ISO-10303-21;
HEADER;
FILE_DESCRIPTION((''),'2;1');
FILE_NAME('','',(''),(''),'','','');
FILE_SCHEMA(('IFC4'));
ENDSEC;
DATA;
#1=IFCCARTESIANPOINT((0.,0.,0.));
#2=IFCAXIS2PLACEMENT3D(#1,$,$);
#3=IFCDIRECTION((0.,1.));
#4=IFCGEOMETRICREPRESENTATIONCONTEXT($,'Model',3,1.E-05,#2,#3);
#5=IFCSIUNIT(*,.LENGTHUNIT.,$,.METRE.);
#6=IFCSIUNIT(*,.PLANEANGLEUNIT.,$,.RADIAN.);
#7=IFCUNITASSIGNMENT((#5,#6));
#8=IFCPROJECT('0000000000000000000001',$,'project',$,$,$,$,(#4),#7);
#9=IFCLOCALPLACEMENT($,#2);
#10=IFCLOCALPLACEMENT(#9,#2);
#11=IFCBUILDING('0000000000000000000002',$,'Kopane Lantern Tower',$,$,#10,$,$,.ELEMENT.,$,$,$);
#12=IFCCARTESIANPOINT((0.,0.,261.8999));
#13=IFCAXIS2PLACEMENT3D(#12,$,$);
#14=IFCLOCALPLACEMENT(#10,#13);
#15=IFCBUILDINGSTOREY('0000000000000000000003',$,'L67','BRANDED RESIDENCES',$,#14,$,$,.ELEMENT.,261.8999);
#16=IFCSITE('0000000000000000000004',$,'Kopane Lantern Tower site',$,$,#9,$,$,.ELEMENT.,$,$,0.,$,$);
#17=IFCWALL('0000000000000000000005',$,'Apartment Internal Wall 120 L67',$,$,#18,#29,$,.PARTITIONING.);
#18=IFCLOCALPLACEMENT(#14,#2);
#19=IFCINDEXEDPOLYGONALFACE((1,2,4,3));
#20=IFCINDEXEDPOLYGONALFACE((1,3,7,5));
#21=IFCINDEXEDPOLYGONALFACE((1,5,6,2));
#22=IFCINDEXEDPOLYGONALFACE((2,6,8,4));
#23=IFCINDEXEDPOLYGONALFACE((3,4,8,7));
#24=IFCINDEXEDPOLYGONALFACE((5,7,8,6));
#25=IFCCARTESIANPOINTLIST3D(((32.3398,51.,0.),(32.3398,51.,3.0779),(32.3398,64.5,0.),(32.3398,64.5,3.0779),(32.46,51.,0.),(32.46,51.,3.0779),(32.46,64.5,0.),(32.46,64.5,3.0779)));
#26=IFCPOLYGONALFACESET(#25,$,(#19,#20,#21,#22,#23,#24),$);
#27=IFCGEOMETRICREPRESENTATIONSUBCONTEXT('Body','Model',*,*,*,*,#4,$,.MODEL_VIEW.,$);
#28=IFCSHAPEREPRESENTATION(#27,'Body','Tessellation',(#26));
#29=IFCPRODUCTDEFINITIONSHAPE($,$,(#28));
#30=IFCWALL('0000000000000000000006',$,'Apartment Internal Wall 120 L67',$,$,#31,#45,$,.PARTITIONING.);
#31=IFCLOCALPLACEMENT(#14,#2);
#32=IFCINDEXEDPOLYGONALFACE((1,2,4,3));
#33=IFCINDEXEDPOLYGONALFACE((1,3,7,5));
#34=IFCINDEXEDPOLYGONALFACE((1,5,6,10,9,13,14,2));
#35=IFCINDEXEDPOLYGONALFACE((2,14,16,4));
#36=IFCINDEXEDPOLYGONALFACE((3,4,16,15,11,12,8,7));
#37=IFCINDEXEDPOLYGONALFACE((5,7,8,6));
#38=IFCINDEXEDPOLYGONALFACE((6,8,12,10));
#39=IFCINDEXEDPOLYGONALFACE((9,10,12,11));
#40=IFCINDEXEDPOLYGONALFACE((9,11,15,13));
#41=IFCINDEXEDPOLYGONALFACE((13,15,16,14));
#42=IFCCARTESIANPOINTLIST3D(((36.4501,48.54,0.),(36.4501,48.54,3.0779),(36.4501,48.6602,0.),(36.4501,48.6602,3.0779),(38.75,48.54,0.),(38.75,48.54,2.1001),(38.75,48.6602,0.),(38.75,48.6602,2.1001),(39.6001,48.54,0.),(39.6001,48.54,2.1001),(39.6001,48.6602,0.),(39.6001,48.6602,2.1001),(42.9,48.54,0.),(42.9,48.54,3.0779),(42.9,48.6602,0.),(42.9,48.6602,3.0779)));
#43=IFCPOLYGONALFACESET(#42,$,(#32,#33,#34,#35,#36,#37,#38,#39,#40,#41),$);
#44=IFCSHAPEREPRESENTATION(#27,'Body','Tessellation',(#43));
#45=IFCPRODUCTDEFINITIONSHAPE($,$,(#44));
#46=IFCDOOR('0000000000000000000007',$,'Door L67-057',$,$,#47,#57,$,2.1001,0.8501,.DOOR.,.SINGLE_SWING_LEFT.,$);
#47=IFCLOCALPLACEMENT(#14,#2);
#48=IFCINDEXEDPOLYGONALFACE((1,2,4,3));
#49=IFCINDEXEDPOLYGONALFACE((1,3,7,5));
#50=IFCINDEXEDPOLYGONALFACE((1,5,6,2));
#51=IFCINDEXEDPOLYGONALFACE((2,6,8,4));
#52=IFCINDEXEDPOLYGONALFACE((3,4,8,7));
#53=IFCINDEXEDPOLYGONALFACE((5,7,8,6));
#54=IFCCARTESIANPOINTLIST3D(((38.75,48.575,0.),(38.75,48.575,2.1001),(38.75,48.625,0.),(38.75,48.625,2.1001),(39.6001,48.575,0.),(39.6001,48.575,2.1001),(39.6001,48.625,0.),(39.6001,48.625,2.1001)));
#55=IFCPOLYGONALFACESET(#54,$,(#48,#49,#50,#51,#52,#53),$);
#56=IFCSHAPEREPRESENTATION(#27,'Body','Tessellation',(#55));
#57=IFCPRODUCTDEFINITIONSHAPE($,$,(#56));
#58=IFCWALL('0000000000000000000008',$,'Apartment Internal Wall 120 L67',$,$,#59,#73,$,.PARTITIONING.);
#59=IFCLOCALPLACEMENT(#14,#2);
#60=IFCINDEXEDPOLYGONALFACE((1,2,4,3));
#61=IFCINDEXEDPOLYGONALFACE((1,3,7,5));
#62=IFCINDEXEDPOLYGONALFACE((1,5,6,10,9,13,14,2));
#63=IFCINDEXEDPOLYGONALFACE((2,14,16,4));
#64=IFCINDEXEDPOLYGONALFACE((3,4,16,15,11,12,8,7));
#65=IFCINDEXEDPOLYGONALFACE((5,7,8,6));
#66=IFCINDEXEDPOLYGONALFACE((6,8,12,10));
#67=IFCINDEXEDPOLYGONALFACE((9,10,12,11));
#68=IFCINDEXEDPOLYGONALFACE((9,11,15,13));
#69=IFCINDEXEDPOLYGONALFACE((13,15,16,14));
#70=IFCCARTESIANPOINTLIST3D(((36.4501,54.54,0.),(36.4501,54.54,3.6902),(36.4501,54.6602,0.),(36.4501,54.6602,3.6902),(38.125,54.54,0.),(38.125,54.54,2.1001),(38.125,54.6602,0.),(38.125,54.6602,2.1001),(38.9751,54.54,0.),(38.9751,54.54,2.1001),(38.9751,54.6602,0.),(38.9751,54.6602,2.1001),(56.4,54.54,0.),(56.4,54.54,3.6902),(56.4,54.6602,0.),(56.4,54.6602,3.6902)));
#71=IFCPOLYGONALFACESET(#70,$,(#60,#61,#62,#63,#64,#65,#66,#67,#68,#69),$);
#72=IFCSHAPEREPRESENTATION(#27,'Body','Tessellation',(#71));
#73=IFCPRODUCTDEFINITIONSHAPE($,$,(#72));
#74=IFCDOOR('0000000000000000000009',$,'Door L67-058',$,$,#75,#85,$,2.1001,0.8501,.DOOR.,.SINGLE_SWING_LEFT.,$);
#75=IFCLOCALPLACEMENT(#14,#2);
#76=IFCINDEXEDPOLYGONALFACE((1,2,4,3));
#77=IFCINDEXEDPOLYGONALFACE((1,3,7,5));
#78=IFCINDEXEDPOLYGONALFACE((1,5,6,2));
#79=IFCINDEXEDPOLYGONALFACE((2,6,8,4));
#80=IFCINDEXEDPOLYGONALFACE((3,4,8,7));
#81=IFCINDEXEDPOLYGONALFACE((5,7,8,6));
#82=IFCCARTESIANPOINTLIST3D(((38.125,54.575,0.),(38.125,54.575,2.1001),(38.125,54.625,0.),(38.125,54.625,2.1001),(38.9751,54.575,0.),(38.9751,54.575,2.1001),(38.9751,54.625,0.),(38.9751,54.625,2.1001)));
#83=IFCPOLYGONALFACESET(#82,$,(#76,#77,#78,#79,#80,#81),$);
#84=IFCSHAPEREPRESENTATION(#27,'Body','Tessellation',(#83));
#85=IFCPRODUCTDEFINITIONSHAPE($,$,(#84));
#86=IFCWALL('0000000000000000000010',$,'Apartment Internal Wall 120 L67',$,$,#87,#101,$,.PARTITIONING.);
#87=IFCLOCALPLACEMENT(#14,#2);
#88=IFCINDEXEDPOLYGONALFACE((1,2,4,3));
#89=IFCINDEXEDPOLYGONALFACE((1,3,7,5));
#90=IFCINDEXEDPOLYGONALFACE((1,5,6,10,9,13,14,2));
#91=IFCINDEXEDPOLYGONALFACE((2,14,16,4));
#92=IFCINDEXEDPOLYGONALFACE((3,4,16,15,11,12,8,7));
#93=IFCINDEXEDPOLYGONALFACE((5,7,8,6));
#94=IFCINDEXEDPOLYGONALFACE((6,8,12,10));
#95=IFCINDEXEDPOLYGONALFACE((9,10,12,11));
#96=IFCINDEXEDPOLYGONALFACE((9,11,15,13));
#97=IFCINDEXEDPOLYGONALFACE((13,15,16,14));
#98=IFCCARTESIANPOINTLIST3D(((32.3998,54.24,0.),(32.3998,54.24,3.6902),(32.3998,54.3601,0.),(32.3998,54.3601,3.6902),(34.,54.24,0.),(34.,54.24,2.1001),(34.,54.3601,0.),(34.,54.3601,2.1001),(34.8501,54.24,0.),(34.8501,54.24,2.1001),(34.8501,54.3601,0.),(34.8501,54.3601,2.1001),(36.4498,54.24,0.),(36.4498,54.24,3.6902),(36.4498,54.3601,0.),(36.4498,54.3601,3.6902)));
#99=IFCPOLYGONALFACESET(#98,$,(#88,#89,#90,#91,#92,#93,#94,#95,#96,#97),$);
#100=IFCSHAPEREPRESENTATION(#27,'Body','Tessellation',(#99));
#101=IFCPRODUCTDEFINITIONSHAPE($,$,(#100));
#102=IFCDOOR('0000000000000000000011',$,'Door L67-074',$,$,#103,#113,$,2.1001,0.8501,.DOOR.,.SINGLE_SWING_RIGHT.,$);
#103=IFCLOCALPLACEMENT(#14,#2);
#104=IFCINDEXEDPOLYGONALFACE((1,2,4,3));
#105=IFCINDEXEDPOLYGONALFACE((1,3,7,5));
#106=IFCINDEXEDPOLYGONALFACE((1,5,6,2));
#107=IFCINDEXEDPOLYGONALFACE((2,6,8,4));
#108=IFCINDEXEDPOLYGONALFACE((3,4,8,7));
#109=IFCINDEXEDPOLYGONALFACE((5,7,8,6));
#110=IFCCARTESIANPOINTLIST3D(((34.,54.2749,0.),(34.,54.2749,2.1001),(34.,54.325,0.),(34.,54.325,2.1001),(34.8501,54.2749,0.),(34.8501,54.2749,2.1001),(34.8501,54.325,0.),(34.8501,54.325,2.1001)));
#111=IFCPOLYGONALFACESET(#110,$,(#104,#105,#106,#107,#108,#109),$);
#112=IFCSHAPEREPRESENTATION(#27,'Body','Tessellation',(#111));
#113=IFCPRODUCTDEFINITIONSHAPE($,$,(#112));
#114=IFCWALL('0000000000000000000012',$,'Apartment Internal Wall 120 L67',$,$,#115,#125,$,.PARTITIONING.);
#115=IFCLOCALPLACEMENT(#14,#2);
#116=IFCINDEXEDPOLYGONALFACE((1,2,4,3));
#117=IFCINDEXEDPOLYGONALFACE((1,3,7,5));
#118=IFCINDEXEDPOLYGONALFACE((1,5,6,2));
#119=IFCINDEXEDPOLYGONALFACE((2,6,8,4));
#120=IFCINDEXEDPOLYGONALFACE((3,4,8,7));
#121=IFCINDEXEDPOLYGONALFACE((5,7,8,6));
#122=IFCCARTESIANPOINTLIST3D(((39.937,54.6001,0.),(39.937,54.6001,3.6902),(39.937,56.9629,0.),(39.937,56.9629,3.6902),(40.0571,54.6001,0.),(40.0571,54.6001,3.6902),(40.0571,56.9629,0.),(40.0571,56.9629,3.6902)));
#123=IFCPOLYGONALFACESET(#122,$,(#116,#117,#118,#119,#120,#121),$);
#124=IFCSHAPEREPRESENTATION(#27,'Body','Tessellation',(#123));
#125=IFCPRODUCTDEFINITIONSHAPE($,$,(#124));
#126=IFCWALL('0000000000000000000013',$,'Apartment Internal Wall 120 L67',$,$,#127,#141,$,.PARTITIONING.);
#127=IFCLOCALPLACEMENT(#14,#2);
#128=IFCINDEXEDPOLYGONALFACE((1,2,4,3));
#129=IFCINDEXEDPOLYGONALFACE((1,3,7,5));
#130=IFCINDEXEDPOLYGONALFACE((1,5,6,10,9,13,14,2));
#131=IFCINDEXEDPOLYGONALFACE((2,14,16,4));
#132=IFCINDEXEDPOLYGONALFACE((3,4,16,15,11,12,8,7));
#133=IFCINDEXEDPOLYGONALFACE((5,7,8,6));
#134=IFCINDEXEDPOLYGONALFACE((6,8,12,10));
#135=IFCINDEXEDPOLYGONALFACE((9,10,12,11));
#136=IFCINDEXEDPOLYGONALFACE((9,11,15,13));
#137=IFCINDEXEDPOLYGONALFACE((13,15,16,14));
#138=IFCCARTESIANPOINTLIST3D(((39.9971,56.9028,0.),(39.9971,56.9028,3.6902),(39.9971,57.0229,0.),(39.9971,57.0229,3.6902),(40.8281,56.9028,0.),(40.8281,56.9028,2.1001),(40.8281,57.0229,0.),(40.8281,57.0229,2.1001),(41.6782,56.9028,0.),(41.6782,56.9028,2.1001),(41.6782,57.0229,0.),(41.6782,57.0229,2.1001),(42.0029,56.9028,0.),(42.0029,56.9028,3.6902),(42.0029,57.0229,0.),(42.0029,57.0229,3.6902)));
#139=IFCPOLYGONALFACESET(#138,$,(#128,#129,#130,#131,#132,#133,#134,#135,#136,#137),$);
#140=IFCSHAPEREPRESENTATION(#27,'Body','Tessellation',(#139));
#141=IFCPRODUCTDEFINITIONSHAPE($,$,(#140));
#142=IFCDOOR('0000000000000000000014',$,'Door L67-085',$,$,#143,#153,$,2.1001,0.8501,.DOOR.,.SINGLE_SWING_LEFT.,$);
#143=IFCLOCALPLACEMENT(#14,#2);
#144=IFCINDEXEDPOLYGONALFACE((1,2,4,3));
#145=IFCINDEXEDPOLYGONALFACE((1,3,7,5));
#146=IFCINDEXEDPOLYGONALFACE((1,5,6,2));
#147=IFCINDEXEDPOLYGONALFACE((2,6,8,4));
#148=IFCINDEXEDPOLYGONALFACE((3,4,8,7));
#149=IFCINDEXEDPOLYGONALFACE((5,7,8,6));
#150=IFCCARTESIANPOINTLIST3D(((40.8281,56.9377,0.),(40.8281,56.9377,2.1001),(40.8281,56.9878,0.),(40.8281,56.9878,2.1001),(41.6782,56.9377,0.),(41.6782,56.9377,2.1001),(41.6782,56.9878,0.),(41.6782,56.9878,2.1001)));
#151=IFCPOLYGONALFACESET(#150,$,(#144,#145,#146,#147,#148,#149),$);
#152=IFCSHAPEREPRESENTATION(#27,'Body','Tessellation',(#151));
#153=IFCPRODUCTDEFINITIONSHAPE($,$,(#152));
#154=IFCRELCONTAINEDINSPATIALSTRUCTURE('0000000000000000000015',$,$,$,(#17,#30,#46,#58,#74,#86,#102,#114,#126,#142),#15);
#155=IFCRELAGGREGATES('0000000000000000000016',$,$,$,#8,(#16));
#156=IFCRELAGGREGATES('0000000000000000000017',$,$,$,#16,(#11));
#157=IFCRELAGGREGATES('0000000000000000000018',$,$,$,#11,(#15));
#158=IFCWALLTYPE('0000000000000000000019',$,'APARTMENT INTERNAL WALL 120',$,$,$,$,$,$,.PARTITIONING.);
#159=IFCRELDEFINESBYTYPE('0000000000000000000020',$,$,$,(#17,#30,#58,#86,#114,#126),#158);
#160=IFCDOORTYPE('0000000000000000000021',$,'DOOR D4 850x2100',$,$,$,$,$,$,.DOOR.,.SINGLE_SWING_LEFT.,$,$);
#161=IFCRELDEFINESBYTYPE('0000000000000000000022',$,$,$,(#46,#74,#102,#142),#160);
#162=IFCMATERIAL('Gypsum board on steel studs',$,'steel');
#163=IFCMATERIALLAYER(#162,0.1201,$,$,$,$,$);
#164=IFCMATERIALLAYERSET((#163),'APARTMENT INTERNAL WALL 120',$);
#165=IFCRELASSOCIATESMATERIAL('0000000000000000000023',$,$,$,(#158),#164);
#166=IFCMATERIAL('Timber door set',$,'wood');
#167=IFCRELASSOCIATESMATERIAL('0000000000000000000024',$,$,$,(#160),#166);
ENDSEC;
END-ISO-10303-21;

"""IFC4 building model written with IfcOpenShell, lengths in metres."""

from ifc_helpers import new_model, si_unit, direction, frame, frame_2d, origin, place, context, subcontext, project, spatial, rectangle, extrude, material, layer, layer_set, type_object, element, fill, save


model = new_model("IFC4")

# Units and contexts
model_context = context("Model", 3, precision=1e-05, world=origin(), true_north=direction((0.0, 1.0)))
body_context = subcontext(model_context, "Body", "Model", "MODEL_VIEW")
ifc_project = project(units=[si_unit("LENGTHUNIT", "METRE"), si_unit("PLANEANGLEUNIT", "RADIAN")], contexts=[model_context])

# Site, building, storey
site_placement = place(None, origin())
site = spatial("IfcSite", under=ifc_project, at=site_placement, Name="Kopane Lantern Tower site", CompositionType="ELEMENT", RefElevation=0.0)
building_placement = place(site_placement, origin())
building = spatial("IfcBuilding", under=site, at=building_placement, Name="Kopane Lantern Tower", CompositionType="ELEMENT")
storey_placement = place(building_placement, frame((0.0, 0.0, 261.8999)))
storey = spatial("IfcBuildingStorey", under=building, at=storey_placement, Name="L67", Description="BRANDED RESIDENCES", CompositionType="ELEMENT", Elevation=261.8999)

# Wall
ifc_material_1 = material(Name="Gypsum board on steel studs", Category="steel")
ifc_layer_1 = layer(ifc_material_1, 0.1201)
ifc_layer_set_1 = layer_set([ifc_layer_1], Name="APARTMENT INTERNAL WALL 120")
wall_type_1 = type_object("IfcWallType", Name="APARTMENT INTERNAL WALL 120", PredefinedType="PARTITIONING", material=ifc_layer_set_1)
wall_1_placement = place(storey_placement, frame((32.3999, 51.0, 0.0), z_axis=(0.0, 0.0, 1.0), x_axis=(0.0, 1.0, 0.0)))
element("IfcWall", 1, at=wall_1_placement, inside=storey, type_object=wall_type_1, Name="Apartment Internal Wall 120 L67", PredefinedType="PARTITIONING", context=body_context, shape_type="SweptSolid", body=[
    extrude(rectangle(XDim=13.5, YDim=0.1201, at=frame_2d((6.75, 0.0))), origin(), (0.0, 0.0, 1.0), 3.0779),
])

# Walls, openings, doors
wall_2_placement = place(storey_placement, frame((36.45, 48.6001, 0.0), z_axis=(0.0, 0.0, 1.0), x_axis=(1.0, 0.0, 0.0)))
wall_2 = element("IfcWall", 2, at=wall_2_placement, inside=storey, type_object=wall_type_1, Name="Apartment Internal Wall 120 L67", PredefinedType="PARTITIONING", context=body_context, shape_type="SweptSolid", body=[
    extrude(rectangle(XDim=6.45, YDim=0.1201, at=frame_2d((3.2251, 0.0))), origin(), (0.0, 0.0, 1.0), 3.0779),
])
opening_1_placement = place(wall_2_placement, frame((2.3, 0.0, 0.0)))
opening_1 = element("IfcOpeningElement", 3, at=opening_1_placement, cuts=wall_2, PredefinedType="OPENING", context=body_context, shape_type="SweptSolid", body=[
    extrude(rectangle(XDim=0.8501, YDim=2.1001, at=frame_2d((0.425, 1.05))), frame((0.0, 0.0701, 0.0), z_axis=(0.0, -1.0, 0.0), x_axis=(1.0, 0.0, 0.0)), (0.0, 0.0, 1.0), 0.1401),
])
ifc_material_2 = material(Name="Timber door set", Category="wood")
door_type_1 = type_object("IfcDoorType", Name="DOOR D4 850x2100", OperationType="SINGLE_SWING_LEFT", PredefinedType="DOOR", material=ifc_material_2)
door_1_placement = place(opening_1_placement, origin())
door_1 = element("IfcDoor", 4, at=door_1_placement, inside=storey, type_object=door_type_1, Name="Door L67-057", OperationType="SINGLE_SWING_LEFT", OverallHeight=2.1001, OverallWidth=0.8501, PredefinedType="DOOR", context=body_context, shape_type="SweptSolid", body=[
    extrude(rectangle(XDim=0.8501, YDim=2.1001, at=frame_2d((0.425, 1.05))), frame((0.0, 0.0249, 0.0), z_axis=(0.0, -1.0, 0.0), x_axis=(1.0, 0.0, 0.0)), (0.0, 0.0, 1.0), 0.05),
])
fill(opening_1, door_1)
wall_3_placement = place(storey_placement, frame((36.45, 54.6001, 0.0), z_axis=(0.0, 0.0, 1.0), x_axis=(1.0, 0.0, 0.0)))
wall_3 = element("IfcWall", 5, at=wall_3_placement, inside=storey, type_object=wall_type_1, Name="Apartment Internal Wall 120 L67", PredefinedType="PARTITIONING", context=body_context, shape_type="SweptSolid", body=[
    extrude(rectangle(XDim=19.95, YDim=0.1201, at=frame_2d((9.9751, 0.0))), origin(), (0.0, 0.0, 1.0), 3.6902),
])
opening_2_placement = place(wall_3_placement, frame((1.675, 0.0, 0.0)))
opening_2 = element("IfcOpeningElement", 6, at=opening_2_placement, cuts=wall_3, PredefinedType="OPENING", context=body_context, shape_type="SweptSolid", body=[
    extrude(rectangle(XDim=0.8501, YDim=2.1001, at=frame_2d((0.425, 1.05))), frame((0.0, 0.0701, 0.0), z_axis=(0.0, -1.0, 0.0), x_axis=(1.0, 0.0, 0.0)), (0.0, 0.0, 1.0), 0.1401),
])
door_2_placement = place(opening_2_placement, origin())
door_2 = element("IfcDoor", 7, at=door_2_placement, inside=storey, type_object=door_type_1, Name="Door L67-058", OperationType="SINGLE_SWING_LEFT", OverallHeight=2.1001, OverallWidth=0.8501, PredefinedType="DOOR", context=body_context, shape_type="SweptSolid", body=[
    extrude(rectangle(XDim=0.8501, YDim=2.1001, at=frame_2d((0.425, 1.05))), frame((0.0, 0.0249, 0.0), z_axis=(0.0, -1.0, 0.0), x_axis=(1.0, 0.0, 0.0)), (0.0, 0.0, 1.0), 0.05),
])
fill(opening_2, door_2)
wall_4_placement = place(storey_placement, frame((32.3999, 54.3, 0.0), z_axis=(0.0, 0.0, 1.0), x_axis=(1.0, 0.0, 0.0)))
wall_4 = element("IfcWall", 8, at=wall_4_placement, inside=storey, type_object=wall_type_1, Name="Apartment Internal Wall 120 L67", PredefinedType="PARTITIONING", context=body_context, shape_type="SweptSolid", body=[
    extrude(rectangle(XDim=4.05, YDim=0.1201, at=frame_2d((2.0249, 0.0))), origin(), (0.0, 0.0, 1.0), 3.6902),
])
opening_3_placement = place(wall_4_placement, frame((1.6001, 0.0, 0.0)))
opening_3 = element("IfcOpeningElement", 9, at=opening_3_placement, cuts=wall_4, PredefinedType="OPENING", context=body_context, shape_type="SweptSolid", body=[
    extrude(rectangle(XDim=0.8501, YDim=2.1001, at=frame_2d((0.425, 1.05))), frame((0.0, 0.0701, 0.0), z_axis=(0.0, -1.0, 0.0), x_axis=(1.0, 0.0, 0.0)), (0.0, 0.0, 1.0), 0.1401),
])
door_3_placement = place(opening_3_placement, origin())
door_3 = element("IfcDoor", 10, at=door_3_placement, inside=storey, type_object=door_type_1, Name="Door L67-074", OperationType="SINGLE_SWING_RIGHT", OverallHeight=2.1001, OverallWidth=0.8501, PredefinedType="DOOR", context=body_context, shape_type="SweptSolid", body=[
    extrude(rectangle(XDim=0.8501, YDim=2.1001, at=frame_2d((0.425, 1.05))), frame((0.0, 0.0249, 0.0), z_axis=(0.0, -1.0, 0.0), x_axis=(1.0, 0.0, 0.0)), (0.0, 0.0, 1.0), 0.05),
])
fill(opening_3, door_3)

# Wall
wall_5_placement = place(storey_placement, frame((39.9971, 54.6001, 0.0), z_axis=(0.0, 0.0, 1.0), x_axis=(0.0, 1.0, 0.0)))
element("IfcWall", 11, at=wall_5_placement, inside=storey, type_object=wall_type_1, Name="Apartment Internal Wall 120 L67", PredefinedType="PARTITIONING", context=body_context, shape_type="SweptSolid", body=[
    extrude(rectangle(XDim=2.3628, YDim=0.1201, at=frame_2d((1.1814, 0.0))), origin(), (0.0, 0.0, 1.0), 3.6902),
])

# Wall, opening, door
wall_6_placement = place(storey_placement, frame((39.9971, 56.9629, 0.0), z_axis=(0.0, 0.0, 1.0), x_axis=(1.0, 0.0, 0.0)))
wall_6 = element("IfcWall", 12, at=wall_6_placement, inside=storey, type_object=wall_type_1, Name="Apartment Internal Wall 120 L67", PredefinedType="PARTITIONING", context=body_context, shape_type="SweptSolid", body=[
    extrude(rectangle(XDim=2.0059, YDim=0.1201, at=frame_2d((1.0029, 0.0))), origin(), (0.0, 0.0, 1.0), 3.6902),
])
opening_4_placement = place(wall_6_placement, frame((0.8311, 0.0, 0.0)))
opening_4 = element("IfcOpeningElement", 13, at=opening_4_placement, cuts=wall_6, PredefinedType="OPENING", context=body_context, shape_type="SweptSolid", body=[
    extrude(rectangle(XDim=0.8501, YDim=2.1001, at=frame_2d((0.425, 1.05))), frame((0.0, 0.0701, 0.0), z_axis=(0.0, -1.0, 0.0), x_axis=(1.0, 0.0, 0.0)), (0.0, 0.0, 1.0), 0.1401),
])
door_4_placement = place(opening_4_placement, origin())
door_4 = element("IfcDoor", 14, at=door_4_placement, inside=storey, type_object=door_type_1, Name="Door L67-085", OperationType="SINGLE_SWING_LEFT", OverallHeight=2.1001, OverallWidth=0.8501, PredefinedType="DOOR", context=body_context, shape_type="SweptSolid", body=[
    extrude(rectangle(XDim=0.8501, YDim=2.1001, at=frame_2d((0.425, 1.05))), frame((0.0, 0.0249, 0.0), z_axis=(0.0, -1.0, 0.0), x_axis=(1.0, 0.0, 0.0)), (0.0, 0.0, 1.0), 0.05),
])
fill(opening_4, door_4)

save(model, "model.ifc")
